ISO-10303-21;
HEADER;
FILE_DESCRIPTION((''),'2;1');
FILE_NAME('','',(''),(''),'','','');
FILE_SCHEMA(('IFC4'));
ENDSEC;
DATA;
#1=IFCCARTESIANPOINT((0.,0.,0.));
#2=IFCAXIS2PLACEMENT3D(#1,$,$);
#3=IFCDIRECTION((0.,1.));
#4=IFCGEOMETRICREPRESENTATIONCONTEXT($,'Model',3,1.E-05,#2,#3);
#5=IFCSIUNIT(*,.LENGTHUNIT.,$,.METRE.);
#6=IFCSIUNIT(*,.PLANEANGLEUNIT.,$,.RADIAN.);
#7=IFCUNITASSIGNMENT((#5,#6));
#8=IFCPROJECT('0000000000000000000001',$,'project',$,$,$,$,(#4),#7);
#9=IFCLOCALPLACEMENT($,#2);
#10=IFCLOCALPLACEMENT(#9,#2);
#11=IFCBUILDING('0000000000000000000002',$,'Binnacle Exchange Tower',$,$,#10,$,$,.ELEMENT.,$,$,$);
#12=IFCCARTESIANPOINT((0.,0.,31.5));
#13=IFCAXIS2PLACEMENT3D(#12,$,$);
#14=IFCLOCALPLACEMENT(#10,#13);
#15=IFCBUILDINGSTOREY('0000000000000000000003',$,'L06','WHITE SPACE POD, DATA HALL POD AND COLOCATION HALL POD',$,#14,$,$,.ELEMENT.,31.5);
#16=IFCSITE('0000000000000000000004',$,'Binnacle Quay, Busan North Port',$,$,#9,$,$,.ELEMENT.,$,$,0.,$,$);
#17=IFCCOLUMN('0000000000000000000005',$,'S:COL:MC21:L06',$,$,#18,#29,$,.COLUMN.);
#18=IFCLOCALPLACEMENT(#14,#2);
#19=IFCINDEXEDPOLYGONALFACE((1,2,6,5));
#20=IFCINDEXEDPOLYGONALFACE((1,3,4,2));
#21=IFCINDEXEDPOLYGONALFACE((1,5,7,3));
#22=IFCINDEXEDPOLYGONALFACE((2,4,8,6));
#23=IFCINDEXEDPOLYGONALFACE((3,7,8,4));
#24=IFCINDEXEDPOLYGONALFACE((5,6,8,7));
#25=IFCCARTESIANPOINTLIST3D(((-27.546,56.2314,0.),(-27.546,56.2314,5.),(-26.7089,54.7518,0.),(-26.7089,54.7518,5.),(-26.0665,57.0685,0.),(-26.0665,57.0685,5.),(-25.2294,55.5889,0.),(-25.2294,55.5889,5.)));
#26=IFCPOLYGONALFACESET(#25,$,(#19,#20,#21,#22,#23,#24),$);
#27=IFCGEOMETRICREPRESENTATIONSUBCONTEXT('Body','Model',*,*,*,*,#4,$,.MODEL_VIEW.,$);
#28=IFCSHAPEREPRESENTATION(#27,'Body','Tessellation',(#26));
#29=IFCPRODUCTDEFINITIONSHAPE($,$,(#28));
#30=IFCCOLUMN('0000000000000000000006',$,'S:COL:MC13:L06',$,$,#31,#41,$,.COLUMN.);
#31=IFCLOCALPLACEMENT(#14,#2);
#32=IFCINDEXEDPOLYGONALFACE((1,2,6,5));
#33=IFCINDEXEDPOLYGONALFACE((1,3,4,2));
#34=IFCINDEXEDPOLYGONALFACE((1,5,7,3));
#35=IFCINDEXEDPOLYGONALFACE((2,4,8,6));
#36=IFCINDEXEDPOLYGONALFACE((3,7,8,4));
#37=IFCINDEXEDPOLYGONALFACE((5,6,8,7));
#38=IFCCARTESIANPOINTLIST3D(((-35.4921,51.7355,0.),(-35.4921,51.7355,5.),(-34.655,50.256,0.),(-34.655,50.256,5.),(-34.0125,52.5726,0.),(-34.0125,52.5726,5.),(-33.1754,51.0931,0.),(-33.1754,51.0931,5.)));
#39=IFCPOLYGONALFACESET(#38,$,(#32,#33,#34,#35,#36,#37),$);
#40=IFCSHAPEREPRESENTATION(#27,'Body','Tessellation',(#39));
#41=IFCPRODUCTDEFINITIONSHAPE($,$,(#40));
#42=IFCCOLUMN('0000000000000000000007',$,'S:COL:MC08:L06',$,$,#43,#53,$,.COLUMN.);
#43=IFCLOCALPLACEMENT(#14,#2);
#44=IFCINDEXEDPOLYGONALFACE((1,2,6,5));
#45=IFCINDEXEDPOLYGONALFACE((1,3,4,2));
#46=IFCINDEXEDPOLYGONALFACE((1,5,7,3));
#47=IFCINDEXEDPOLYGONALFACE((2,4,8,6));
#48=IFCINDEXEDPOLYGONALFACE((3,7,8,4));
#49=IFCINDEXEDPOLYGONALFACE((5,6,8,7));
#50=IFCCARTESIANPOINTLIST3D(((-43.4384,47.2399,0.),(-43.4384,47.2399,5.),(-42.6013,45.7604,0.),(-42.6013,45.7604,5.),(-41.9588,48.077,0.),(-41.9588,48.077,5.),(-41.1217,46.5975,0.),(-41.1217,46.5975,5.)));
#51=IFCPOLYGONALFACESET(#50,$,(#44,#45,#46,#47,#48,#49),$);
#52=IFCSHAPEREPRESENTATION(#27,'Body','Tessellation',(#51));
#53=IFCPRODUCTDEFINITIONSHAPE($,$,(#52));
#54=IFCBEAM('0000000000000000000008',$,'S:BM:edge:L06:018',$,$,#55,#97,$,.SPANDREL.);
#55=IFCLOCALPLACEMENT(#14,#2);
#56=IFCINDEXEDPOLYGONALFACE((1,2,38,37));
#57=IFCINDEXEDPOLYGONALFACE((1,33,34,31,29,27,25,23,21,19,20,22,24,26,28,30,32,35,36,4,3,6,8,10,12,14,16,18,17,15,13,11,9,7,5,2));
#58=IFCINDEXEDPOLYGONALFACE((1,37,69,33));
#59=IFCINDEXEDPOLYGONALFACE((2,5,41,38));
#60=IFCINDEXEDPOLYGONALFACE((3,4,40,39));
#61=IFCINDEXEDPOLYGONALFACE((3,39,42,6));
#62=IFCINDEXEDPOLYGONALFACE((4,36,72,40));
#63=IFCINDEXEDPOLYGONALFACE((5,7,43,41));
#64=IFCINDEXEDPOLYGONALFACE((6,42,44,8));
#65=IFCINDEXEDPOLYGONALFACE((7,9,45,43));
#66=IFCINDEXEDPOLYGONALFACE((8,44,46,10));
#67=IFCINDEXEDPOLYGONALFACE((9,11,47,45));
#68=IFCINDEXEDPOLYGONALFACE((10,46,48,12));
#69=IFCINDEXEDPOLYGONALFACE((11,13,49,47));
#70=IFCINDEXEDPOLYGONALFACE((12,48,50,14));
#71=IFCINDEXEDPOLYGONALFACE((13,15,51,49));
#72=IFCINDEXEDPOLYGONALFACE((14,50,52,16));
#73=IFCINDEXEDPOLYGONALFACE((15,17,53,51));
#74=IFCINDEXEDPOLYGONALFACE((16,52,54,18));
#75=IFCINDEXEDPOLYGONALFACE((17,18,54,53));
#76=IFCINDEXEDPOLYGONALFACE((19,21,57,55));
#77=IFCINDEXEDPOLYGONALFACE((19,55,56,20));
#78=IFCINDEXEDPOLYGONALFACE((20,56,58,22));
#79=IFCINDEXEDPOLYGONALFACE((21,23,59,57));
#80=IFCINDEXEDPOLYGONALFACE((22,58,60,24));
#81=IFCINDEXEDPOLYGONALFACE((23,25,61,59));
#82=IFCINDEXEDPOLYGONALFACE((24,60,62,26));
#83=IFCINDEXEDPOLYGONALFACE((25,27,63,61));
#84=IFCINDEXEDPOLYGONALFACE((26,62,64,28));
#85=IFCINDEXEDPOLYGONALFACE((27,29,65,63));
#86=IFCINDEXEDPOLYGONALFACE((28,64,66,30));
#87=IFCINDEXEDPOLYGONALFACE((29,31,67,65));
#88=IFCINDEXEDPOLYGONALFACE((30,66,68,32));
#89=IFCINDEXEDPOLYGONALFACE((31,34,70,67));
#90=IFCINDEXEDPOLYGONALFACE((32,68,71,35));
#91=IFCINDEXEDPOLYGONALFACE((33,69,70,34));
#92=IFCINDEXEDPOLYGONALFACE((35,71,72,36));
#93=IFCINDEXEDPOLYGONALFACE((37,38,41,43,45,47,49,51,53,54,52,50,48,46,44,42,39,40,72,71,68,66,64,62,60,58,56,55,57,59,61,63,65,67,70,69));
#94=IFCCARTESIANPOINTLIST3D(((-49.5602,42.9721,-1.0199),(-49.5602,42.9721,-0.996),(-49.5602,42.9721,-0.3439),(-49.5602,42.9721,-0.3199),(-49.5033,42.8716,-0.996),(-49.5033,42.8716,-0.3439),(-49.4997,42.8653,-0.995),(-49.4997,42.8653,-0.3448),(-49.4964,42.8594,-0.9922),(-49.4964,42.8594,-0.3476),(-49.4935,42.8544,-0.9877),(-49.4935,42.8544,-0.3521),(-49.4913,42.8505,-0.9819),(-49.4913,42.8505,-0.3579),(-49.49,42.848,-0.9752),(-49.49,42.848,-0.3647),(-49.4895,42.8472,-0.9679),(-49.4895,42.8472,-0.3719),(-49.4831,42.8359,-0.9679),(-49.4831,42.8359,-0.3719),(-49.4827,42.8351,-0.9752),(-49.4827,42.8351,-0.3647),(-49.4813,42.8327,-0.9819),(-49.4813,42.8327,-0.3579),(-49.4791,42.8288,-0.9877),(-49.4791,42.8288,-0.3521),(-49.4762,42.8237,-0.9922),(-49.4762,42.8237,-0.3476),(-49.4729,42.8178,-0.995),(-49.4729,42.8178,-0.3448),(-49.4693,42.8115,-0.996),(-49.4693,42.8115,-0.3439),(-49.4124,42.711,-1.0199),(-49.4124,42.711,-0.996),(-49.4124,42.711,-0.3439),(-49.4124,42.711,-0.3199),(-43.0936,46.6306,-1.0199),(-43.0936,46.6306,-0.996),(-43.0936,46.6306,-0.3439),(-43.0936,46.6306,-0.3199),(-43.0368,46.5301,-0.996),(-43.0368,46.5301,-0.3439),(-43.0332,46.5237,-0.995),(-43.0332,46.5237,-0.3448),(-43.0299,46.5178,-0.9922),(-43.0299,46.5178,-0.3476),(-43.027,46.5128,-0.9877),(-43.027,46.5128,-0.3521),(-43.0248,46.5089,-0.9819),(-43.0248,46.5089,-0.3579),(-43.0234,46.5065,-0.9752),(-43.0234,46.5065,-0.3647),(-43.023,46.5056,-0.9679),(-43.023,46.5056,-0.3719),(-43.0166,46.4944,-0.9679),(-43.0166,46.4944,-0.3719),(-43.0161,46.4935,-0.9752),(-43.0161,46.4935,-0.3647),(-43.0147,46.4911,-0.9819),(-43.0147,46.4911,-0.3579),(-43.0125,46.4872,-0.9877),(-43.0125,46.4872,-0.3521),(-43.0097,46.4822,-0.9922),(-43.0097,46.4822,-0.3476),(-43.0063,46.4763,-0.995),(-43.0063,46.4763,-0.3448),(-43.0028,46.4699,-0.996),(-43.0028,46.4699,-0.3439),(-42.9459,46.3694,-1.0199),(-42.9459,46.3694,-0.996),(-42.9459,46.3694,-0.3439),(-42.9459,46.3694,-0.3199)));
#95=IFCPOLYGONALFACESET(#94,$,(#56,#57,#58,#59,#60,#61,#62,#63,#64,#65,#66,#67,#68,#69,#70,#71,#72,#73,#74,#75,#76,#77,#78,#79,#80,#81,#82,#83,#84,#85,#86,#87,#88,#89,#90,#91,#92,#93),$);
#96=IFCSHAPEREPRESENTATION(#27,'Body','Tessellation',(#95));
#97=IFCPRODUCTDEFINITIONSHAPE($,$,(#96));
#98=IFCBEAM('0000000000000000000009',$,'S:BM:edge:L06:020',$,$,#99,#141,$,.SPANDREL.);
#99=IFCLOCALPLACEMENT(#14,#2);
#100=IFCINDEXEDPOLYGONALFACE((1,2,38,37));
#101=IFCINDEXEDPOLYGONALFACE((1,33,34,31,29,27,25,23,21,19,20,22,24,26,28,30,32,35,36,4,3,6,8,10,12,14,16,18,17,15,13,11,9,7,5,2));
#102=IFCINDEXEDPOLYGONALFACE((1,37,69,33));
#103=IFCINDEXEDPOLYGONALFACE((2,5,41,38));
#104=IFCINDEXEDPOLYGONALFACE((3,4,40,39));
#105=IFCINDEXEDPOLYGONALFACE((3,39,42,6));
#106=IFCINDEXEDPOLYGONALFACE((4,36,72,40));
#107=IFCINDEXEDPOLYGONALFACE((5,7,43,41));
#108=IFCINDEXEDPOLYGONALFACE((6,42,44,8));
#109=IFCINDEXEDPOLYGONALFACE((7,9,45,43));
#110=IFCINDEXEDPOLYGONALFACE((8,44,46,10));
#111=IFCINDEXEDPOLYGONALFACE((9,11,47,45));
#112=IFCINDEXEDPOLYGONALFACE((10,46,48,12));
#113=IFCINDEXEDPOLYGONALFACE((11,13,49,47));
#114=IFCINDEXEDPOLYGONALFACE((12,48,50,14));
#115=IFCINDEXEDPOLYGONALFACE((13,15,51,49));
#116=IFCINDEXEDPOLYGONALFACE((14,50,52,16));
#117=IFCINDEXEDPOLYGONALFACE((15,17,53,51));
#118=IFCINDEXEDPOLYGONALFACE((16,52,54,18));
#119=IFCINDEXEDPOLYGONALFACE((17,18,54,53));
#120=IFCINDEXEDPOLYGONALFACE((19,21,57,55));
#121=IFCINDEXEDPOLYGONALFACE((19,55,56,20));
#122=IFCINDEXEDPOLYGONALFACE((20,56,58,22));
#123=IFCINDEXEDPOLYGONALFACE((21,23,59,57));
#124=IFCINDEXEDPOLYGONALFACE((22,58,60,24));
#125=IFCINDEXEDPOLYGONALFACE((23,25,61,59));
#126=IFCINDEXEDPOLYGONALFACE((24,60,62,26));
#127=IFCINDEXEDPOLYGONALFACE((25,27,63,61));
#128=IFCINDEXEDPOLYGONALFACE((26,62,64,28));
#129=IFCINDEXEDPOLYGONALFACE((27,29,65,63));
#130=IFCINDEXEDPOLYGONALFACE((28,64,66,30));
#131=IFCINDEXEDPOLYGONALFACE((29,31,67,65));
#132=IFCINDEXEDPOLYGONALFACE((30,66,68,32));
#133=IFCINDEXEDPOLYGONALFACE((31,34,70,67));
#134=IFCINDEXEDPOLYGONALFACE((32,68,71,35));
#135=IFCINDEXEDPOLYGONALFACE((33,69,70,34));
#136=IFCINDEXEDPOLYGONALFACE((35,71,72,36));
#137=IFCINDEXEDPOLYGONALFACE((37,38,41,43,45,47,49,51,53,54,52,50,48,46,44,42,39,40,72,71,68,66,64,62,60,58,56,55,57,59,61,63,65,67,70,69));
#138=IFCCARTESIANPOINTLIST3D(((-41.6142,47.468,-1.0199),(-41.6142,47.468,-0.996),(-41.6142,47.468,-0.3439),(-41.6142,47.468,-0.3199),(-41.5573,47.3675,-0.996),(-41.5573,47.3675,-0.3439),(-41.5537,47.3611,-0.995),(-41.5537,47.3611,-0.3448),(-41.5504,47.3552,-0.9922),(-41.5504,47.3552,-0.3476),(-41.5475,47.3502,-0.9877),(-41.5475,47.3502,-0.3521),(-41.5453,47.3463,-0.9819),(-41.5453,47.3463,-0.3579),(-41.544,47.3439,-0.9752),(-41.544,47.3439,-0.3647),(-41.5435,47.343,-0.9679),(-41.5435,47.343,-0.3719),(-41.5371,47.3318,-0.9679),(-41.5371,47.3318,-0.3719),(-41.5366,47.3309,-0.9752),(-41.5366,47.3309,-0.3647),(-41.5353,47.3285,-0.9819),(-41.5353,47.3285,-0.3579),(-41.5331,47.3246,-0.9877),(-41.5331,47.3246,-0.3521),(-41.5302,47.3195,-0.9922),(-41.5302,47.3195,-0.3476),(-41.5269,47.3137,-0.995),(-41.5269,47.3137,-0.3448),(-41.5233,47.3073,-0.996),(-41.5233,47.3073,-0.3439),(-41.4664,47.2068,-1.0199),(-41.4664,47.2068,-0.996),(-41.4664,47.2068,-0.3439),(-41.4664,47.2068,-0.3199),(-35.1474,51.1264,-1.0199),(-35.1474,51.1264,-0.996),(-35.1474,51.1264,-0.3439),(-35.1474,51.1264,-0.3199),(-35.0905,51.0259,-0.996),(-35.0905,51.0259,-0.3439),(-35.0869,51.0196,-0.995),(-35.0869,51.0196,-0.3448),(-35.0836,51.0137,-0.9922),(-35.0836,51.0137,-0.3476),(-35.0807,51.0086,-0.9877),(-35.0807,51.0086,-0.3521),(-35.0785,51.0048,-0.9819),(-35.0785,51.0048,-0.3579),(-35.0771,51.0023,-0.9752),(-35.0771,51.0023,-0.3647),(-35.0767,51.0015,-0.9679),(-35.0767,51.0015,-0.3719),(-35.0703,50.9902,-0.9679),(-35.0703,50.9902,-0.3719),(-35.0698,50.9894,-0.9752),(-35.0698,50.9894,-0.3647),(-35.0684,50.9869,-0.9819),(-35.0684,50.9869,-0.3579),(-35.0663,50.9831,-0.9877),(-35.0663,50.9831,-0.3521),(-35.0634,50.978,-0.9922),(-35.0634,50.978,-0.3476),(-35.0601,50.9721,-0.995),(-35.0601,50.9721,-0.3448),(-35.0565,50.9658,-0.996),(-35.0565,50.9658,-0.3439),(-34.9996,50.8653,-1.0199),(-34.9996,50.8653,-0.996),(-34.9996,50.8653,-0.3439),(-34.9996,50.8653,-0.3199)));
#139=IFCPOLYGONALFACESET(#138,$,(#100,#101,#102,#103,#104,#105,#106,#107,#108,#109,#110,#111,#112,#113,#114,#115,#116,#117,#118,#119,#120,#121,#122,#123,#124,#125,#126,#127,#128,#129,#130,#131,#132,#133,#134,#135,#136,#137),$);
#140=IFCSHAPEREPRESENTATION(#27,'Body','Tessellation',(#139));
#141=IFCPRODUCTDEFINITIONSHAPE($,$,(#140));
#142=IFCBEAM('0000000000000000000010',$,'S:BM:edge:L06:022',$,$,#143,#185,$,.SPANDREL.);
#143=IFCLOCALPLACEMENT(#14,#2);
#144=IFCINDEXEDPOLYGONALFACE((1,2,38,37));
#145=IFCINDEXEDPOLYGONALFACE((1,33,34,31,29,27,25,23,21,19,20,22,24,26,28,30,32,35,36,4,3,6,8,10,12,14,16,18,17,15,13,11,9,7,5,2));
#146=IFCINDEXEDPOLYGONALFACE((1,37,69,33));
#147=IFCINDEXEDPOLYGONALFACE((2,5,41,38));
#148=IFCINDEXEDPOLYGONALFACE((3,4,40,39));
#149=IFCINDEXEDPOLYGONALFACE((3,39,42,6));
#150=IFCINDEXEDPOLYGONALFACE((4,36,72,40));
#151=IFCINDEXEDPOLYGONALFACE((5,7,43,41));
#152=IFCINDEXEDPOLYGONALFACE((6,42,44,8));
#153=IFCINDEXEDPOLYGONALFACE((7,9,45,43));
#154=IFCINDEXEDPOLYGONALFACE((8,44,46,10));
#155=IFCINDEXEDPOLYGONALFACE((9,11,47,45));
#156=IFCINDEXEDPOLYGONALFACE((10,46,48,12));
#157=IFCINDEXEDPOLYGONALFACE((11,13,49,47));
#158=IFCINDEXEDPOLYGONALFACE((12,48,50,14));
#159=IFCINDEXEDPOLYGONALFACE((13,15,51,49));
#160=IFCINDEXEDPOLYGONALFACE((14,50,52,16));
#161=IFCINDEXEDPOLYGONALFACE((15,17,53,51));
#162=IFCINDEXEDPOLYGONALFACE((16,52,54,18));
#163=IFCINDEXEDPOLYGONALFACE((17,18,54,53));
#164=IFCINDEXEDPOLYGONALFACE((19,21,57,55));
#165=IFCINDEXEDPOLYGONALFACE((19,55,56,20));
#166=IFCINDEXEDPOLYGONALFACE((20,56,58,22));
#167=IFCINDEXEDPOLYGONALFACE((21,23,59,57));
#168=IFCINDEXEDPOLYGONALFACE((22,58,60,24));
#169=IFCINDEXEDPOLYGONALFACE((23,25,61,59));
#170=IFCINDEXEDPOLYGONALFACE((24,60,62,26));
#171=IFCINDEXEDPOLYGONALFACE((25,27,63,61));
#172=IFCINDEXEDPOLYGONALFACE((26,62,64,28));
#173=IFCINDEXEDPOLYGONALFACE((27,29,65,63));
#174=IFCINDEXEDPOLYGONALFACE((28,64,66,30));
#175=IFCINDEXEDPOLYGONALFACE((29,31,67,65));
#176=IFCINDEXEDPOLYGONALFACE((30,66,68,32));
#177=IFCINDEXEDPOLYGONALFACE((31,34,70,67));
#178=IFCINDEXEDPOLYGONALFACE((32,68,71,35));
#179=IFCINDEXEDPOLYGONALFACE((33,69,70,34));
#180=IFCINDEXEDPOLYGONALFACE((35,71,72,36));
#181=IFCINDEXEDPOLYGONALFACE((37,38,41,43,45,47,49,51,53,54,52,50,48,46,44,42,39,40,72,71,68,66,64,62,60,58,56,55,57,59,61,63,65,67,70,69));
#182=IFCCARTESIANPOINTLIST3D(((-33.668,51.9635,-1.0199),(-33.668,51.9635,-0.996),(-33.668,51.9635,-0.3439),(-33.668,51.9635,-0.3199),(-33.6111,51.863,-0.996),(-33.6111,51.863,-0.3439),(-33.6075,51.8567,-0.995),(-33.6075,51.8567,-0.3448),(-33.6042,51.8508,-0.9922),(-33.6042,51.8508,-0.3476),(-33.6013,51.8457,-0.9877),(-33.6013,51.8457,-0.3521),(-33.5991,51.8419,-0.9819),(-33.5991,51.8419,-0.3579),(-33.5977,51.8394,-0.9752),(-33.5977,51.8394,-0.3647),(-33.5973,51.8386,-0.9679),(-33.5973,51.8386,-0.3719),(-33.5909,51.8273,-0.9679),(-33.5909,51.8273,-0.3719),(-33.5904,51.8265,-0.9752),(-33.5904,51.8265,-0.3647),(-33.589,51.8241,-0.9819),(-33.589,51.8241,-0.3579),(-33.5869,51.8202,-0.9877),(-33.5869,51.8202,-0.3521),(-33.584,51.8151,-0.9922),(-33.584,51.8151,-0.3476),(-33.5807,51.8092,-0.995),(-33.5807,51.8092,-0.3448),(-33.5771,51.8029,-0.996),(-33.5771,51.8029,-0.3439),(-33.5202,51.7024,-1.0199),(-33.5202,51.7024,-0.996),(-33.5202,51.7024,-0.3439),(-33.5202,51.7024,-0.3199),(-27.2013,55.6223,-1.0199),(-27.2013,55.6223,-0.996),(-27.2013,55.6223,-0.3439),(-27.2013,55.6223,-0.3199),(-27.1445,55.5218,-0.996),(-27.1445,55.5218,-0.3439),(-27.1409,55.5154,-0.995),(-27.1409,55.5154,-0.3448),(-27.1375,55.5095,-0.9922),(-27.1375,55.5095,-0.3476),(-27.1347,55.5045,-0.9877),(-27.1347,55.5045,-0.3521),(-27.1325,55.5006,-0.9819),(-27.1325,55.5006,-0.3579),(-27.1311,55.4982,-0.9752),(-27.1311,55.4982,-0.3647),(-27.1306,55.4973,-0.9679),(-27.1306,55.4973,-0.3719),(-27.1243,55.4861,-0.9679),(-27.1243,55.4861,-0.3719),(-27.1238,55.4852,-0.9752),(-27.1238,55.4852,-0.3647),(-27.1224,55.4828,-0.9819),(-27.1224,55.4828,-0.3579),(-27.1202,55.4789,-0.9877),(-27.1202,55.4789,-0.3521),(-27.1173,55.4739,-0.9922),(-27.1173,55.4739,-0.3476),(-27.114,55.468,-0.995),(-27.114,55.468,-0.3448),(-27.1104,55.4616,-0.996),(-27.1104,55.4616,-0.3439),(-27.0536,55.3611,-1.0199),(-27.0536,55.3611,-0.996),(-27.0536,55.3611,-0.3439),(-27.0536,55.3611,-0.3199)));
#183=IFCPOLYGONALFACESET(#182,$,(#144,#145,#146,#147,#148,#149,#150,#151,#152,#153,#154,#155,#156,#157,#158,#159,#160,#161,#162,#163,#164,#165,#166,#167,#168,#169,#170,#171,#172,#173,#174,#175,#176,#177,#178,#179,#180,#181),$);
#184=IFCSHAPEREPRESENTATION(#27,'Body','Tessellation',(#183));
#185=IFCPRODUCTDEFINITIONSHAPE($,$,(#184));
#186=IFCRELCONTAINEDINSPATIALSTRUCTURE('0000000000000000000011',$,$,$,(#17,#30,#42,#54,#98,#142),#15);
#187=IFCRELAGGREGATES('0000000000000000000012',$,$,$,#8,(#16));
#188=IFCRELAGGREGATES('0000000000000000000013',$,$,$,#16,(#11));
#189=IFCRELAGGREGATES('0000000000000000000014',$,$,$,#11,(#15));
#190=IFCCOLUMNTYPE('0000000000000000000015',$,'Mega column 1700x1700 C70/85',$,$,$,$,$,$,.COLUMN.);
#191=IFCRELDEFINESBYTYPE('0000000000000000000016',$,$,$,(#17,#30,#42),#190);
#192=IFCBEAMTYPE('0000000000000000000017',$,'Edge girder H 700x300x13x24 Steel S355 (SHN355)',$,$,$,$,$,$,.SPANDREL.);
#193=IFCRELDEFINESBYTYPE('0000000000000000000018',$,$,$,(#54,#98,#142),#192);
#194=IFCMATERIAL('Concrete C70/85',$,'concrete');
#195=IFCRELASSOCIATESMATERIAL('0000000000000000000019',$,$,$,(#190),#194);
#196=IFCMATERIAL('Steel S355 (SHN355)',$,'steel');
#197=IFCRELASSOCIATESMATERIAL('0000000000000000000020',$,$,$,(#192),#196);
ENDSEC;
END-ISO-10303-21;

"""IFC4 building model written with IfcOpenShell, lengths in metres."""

from ifc_helpers import new_model, si_unit, direction, frame, origin, origin_2d, place, context, subcontext, project, spatial, rectangle, i_section, extrude, material, material_profile, profile_set, type_object, element, save


model = new_model("IFC4")

# Units and contexts
model_context = context("Model", 3, precision=1e-05, world=origin(), true_north=direction((0.0, 1.0)))
body_context = subcontext(model_context, "Body", "Model", "MODEL_VIEW")
ifc_project = project(units=[si_unit("LENGTHUNIT", "METRE"), si_unit("PLANEANGLEUNIT", "RADIAN")], contexts=[model_context])

# Site, building, storey
site_placement = place(None, origin())
site = spatial("IfcSite", under=ifc_project, at=site_placement, Name="Binnacle Quay, Busan North Port", CompositionType="ELEMENT", RefElevation=0.0)
building_placement = place(site_placement, origin())
building = spatial("IfcBuilding", under=site, at=building_placement, Name="Binnacle Exchange Tower", CompositionType="ELEMENT")
storey_placement = place(building_placement, frame((0.0, 0.0, 31.5)))
storey = spatial("IfcBuildingStorey", under=building, at=storey_placement, Name="L06", Description="WHITE SPACE POD, DATA HALL POD AND COLOCATION HALL POD", CompositionType="ELEMENT", Elevation=31.5)

# Columns
ifc_material_1 = material(Name="Concrete C70/85", Category="concrete")
ifc_material_profile_1 = material_profile(ifc_material_1, rectangle(XDim=1.7, YDim=1.7, at=origin_2d()), Name="Mega column 1700x1700 C70/85")
ifc_profile_set_1 = profile_set([ifc_material_profile_1], Name="Concrete C70/85")
column_type = type_object("IfcColumnType", Name="Mega column 1700x1700 C70/85", PredefinedType="COLUMN", material=ifc_profile_set_1)
for number, where, z_axis, x_axis, name in (
    (1, (-26.3877, 55.9102, 0.0), (0.0, 0.0, 1.0), (-0.870356, -0.492424, 0.0), "S:COL:MC21:L06"),
    (2, (-34.3337, 51.4143, 0.0), (0.0, 0.0, 1.0), (-0.870356, -0.492424, 0.0), "S:COL:MC13:L06"),
    (3, (-42.28, 46.9187, 0.0), (0.0, 0.0, 1.0), (-0.870356, -0.492424, 0.0), "S:COL:MC08:L06"),
):
    element("IfcColumn", number, at=place(storey_placement, frame(where, z_axis=z_axis, x_axis=x_axis)), inside=storey, type_object=column_type, Name=name, PredefinedType="COLUMN", context=body_context, shape_type="SweptSolid", body=[
        extrude(rectangle(XDim=1.7, YDim=1.7, at=origin_2d()), origin(), (0.0, 0.0, 1.0), 5.0),
    ])

# Beams
ifc_material_2 = material(Name="Steel S355 (SHN355)", Category="steel")
ifc_material_profile_2 = material_profile(ifc_material_2, i_section(OverallWidth=0.3, OverallDepth=0.7, WebThickness=0.0129, FlangeThickness=0.0239, FilletRadius=0.0281, at=origin_2d()), Name="H 700x300x13x24")
ifc_profile_set_2 = profile_set([ifc_material_profile_2], Name="Steel S355 (SHN355)")
beam_type_1 = type_object("IfcBeamType", Name="Edge girder H 700x300x13x24 Steel S355 (SHN355)", PredefinedType="SPANDREL", material=ifc_profile_set_2)
beam_1_placement = place(storey_placement, frame((-43.0198, 46.5, -0.6699), z_axis=(-0.870364, -0.492408, 0.0), x_axis=(0.492408, -0.870364, 0.0)))
element("IfcBeam", 4, at=beam_1_placement, inside=storey, type_object=beam_type_1, Name="S:BM:edge:L06:018", PredefinedType="SPANDREL", context=body_context, shape_type="SweptSolid", body=[
    extrude(i_section(OverallWidth=0.3, OverallDepth=0.7, WebThickness=0.0129, FlangeThickness=0.0239, FilletRadius=0.0281, at=origin_2d()), origin(), (0.0, 0.0, 1.0), 7.4297),
])
for number, where, z_axis, x_axis, name in (
    (5, (-35.0735, 50.9958, -0.6699), (-0.870372, -0.492394, 0.0), (0.492394, -0.870372, 0.0), "S:BM:edge:L06:020"),
    (6, (-27.1274, 55.4917, -0.6699), (-0.87035, -0.492433, 0.0), (0.492433, -0.87035, 0.0), "S:BM:edge:L06:022"),
):
    element("IfcBeam", number, at=place(storey_placement, frame(where, z_axis=z_axis, x_axis=x_axis)), inside=storey, type_object=beam_type_1, Name=name, PredefinedType="SPANDREL", context=body_context, shape_type="SweptSolid", body=[
        extrude(i_section(OverallWidth=0.3, OverallDepth=0.7, WebThickness=0.0129, FlangeThickness=0.0239, FilletRadius=0.0281, at=origin_2d()), origin(), (0.0, 0.0, 1.0), 7.4299),
    ])

save(model, "model.ifc")
